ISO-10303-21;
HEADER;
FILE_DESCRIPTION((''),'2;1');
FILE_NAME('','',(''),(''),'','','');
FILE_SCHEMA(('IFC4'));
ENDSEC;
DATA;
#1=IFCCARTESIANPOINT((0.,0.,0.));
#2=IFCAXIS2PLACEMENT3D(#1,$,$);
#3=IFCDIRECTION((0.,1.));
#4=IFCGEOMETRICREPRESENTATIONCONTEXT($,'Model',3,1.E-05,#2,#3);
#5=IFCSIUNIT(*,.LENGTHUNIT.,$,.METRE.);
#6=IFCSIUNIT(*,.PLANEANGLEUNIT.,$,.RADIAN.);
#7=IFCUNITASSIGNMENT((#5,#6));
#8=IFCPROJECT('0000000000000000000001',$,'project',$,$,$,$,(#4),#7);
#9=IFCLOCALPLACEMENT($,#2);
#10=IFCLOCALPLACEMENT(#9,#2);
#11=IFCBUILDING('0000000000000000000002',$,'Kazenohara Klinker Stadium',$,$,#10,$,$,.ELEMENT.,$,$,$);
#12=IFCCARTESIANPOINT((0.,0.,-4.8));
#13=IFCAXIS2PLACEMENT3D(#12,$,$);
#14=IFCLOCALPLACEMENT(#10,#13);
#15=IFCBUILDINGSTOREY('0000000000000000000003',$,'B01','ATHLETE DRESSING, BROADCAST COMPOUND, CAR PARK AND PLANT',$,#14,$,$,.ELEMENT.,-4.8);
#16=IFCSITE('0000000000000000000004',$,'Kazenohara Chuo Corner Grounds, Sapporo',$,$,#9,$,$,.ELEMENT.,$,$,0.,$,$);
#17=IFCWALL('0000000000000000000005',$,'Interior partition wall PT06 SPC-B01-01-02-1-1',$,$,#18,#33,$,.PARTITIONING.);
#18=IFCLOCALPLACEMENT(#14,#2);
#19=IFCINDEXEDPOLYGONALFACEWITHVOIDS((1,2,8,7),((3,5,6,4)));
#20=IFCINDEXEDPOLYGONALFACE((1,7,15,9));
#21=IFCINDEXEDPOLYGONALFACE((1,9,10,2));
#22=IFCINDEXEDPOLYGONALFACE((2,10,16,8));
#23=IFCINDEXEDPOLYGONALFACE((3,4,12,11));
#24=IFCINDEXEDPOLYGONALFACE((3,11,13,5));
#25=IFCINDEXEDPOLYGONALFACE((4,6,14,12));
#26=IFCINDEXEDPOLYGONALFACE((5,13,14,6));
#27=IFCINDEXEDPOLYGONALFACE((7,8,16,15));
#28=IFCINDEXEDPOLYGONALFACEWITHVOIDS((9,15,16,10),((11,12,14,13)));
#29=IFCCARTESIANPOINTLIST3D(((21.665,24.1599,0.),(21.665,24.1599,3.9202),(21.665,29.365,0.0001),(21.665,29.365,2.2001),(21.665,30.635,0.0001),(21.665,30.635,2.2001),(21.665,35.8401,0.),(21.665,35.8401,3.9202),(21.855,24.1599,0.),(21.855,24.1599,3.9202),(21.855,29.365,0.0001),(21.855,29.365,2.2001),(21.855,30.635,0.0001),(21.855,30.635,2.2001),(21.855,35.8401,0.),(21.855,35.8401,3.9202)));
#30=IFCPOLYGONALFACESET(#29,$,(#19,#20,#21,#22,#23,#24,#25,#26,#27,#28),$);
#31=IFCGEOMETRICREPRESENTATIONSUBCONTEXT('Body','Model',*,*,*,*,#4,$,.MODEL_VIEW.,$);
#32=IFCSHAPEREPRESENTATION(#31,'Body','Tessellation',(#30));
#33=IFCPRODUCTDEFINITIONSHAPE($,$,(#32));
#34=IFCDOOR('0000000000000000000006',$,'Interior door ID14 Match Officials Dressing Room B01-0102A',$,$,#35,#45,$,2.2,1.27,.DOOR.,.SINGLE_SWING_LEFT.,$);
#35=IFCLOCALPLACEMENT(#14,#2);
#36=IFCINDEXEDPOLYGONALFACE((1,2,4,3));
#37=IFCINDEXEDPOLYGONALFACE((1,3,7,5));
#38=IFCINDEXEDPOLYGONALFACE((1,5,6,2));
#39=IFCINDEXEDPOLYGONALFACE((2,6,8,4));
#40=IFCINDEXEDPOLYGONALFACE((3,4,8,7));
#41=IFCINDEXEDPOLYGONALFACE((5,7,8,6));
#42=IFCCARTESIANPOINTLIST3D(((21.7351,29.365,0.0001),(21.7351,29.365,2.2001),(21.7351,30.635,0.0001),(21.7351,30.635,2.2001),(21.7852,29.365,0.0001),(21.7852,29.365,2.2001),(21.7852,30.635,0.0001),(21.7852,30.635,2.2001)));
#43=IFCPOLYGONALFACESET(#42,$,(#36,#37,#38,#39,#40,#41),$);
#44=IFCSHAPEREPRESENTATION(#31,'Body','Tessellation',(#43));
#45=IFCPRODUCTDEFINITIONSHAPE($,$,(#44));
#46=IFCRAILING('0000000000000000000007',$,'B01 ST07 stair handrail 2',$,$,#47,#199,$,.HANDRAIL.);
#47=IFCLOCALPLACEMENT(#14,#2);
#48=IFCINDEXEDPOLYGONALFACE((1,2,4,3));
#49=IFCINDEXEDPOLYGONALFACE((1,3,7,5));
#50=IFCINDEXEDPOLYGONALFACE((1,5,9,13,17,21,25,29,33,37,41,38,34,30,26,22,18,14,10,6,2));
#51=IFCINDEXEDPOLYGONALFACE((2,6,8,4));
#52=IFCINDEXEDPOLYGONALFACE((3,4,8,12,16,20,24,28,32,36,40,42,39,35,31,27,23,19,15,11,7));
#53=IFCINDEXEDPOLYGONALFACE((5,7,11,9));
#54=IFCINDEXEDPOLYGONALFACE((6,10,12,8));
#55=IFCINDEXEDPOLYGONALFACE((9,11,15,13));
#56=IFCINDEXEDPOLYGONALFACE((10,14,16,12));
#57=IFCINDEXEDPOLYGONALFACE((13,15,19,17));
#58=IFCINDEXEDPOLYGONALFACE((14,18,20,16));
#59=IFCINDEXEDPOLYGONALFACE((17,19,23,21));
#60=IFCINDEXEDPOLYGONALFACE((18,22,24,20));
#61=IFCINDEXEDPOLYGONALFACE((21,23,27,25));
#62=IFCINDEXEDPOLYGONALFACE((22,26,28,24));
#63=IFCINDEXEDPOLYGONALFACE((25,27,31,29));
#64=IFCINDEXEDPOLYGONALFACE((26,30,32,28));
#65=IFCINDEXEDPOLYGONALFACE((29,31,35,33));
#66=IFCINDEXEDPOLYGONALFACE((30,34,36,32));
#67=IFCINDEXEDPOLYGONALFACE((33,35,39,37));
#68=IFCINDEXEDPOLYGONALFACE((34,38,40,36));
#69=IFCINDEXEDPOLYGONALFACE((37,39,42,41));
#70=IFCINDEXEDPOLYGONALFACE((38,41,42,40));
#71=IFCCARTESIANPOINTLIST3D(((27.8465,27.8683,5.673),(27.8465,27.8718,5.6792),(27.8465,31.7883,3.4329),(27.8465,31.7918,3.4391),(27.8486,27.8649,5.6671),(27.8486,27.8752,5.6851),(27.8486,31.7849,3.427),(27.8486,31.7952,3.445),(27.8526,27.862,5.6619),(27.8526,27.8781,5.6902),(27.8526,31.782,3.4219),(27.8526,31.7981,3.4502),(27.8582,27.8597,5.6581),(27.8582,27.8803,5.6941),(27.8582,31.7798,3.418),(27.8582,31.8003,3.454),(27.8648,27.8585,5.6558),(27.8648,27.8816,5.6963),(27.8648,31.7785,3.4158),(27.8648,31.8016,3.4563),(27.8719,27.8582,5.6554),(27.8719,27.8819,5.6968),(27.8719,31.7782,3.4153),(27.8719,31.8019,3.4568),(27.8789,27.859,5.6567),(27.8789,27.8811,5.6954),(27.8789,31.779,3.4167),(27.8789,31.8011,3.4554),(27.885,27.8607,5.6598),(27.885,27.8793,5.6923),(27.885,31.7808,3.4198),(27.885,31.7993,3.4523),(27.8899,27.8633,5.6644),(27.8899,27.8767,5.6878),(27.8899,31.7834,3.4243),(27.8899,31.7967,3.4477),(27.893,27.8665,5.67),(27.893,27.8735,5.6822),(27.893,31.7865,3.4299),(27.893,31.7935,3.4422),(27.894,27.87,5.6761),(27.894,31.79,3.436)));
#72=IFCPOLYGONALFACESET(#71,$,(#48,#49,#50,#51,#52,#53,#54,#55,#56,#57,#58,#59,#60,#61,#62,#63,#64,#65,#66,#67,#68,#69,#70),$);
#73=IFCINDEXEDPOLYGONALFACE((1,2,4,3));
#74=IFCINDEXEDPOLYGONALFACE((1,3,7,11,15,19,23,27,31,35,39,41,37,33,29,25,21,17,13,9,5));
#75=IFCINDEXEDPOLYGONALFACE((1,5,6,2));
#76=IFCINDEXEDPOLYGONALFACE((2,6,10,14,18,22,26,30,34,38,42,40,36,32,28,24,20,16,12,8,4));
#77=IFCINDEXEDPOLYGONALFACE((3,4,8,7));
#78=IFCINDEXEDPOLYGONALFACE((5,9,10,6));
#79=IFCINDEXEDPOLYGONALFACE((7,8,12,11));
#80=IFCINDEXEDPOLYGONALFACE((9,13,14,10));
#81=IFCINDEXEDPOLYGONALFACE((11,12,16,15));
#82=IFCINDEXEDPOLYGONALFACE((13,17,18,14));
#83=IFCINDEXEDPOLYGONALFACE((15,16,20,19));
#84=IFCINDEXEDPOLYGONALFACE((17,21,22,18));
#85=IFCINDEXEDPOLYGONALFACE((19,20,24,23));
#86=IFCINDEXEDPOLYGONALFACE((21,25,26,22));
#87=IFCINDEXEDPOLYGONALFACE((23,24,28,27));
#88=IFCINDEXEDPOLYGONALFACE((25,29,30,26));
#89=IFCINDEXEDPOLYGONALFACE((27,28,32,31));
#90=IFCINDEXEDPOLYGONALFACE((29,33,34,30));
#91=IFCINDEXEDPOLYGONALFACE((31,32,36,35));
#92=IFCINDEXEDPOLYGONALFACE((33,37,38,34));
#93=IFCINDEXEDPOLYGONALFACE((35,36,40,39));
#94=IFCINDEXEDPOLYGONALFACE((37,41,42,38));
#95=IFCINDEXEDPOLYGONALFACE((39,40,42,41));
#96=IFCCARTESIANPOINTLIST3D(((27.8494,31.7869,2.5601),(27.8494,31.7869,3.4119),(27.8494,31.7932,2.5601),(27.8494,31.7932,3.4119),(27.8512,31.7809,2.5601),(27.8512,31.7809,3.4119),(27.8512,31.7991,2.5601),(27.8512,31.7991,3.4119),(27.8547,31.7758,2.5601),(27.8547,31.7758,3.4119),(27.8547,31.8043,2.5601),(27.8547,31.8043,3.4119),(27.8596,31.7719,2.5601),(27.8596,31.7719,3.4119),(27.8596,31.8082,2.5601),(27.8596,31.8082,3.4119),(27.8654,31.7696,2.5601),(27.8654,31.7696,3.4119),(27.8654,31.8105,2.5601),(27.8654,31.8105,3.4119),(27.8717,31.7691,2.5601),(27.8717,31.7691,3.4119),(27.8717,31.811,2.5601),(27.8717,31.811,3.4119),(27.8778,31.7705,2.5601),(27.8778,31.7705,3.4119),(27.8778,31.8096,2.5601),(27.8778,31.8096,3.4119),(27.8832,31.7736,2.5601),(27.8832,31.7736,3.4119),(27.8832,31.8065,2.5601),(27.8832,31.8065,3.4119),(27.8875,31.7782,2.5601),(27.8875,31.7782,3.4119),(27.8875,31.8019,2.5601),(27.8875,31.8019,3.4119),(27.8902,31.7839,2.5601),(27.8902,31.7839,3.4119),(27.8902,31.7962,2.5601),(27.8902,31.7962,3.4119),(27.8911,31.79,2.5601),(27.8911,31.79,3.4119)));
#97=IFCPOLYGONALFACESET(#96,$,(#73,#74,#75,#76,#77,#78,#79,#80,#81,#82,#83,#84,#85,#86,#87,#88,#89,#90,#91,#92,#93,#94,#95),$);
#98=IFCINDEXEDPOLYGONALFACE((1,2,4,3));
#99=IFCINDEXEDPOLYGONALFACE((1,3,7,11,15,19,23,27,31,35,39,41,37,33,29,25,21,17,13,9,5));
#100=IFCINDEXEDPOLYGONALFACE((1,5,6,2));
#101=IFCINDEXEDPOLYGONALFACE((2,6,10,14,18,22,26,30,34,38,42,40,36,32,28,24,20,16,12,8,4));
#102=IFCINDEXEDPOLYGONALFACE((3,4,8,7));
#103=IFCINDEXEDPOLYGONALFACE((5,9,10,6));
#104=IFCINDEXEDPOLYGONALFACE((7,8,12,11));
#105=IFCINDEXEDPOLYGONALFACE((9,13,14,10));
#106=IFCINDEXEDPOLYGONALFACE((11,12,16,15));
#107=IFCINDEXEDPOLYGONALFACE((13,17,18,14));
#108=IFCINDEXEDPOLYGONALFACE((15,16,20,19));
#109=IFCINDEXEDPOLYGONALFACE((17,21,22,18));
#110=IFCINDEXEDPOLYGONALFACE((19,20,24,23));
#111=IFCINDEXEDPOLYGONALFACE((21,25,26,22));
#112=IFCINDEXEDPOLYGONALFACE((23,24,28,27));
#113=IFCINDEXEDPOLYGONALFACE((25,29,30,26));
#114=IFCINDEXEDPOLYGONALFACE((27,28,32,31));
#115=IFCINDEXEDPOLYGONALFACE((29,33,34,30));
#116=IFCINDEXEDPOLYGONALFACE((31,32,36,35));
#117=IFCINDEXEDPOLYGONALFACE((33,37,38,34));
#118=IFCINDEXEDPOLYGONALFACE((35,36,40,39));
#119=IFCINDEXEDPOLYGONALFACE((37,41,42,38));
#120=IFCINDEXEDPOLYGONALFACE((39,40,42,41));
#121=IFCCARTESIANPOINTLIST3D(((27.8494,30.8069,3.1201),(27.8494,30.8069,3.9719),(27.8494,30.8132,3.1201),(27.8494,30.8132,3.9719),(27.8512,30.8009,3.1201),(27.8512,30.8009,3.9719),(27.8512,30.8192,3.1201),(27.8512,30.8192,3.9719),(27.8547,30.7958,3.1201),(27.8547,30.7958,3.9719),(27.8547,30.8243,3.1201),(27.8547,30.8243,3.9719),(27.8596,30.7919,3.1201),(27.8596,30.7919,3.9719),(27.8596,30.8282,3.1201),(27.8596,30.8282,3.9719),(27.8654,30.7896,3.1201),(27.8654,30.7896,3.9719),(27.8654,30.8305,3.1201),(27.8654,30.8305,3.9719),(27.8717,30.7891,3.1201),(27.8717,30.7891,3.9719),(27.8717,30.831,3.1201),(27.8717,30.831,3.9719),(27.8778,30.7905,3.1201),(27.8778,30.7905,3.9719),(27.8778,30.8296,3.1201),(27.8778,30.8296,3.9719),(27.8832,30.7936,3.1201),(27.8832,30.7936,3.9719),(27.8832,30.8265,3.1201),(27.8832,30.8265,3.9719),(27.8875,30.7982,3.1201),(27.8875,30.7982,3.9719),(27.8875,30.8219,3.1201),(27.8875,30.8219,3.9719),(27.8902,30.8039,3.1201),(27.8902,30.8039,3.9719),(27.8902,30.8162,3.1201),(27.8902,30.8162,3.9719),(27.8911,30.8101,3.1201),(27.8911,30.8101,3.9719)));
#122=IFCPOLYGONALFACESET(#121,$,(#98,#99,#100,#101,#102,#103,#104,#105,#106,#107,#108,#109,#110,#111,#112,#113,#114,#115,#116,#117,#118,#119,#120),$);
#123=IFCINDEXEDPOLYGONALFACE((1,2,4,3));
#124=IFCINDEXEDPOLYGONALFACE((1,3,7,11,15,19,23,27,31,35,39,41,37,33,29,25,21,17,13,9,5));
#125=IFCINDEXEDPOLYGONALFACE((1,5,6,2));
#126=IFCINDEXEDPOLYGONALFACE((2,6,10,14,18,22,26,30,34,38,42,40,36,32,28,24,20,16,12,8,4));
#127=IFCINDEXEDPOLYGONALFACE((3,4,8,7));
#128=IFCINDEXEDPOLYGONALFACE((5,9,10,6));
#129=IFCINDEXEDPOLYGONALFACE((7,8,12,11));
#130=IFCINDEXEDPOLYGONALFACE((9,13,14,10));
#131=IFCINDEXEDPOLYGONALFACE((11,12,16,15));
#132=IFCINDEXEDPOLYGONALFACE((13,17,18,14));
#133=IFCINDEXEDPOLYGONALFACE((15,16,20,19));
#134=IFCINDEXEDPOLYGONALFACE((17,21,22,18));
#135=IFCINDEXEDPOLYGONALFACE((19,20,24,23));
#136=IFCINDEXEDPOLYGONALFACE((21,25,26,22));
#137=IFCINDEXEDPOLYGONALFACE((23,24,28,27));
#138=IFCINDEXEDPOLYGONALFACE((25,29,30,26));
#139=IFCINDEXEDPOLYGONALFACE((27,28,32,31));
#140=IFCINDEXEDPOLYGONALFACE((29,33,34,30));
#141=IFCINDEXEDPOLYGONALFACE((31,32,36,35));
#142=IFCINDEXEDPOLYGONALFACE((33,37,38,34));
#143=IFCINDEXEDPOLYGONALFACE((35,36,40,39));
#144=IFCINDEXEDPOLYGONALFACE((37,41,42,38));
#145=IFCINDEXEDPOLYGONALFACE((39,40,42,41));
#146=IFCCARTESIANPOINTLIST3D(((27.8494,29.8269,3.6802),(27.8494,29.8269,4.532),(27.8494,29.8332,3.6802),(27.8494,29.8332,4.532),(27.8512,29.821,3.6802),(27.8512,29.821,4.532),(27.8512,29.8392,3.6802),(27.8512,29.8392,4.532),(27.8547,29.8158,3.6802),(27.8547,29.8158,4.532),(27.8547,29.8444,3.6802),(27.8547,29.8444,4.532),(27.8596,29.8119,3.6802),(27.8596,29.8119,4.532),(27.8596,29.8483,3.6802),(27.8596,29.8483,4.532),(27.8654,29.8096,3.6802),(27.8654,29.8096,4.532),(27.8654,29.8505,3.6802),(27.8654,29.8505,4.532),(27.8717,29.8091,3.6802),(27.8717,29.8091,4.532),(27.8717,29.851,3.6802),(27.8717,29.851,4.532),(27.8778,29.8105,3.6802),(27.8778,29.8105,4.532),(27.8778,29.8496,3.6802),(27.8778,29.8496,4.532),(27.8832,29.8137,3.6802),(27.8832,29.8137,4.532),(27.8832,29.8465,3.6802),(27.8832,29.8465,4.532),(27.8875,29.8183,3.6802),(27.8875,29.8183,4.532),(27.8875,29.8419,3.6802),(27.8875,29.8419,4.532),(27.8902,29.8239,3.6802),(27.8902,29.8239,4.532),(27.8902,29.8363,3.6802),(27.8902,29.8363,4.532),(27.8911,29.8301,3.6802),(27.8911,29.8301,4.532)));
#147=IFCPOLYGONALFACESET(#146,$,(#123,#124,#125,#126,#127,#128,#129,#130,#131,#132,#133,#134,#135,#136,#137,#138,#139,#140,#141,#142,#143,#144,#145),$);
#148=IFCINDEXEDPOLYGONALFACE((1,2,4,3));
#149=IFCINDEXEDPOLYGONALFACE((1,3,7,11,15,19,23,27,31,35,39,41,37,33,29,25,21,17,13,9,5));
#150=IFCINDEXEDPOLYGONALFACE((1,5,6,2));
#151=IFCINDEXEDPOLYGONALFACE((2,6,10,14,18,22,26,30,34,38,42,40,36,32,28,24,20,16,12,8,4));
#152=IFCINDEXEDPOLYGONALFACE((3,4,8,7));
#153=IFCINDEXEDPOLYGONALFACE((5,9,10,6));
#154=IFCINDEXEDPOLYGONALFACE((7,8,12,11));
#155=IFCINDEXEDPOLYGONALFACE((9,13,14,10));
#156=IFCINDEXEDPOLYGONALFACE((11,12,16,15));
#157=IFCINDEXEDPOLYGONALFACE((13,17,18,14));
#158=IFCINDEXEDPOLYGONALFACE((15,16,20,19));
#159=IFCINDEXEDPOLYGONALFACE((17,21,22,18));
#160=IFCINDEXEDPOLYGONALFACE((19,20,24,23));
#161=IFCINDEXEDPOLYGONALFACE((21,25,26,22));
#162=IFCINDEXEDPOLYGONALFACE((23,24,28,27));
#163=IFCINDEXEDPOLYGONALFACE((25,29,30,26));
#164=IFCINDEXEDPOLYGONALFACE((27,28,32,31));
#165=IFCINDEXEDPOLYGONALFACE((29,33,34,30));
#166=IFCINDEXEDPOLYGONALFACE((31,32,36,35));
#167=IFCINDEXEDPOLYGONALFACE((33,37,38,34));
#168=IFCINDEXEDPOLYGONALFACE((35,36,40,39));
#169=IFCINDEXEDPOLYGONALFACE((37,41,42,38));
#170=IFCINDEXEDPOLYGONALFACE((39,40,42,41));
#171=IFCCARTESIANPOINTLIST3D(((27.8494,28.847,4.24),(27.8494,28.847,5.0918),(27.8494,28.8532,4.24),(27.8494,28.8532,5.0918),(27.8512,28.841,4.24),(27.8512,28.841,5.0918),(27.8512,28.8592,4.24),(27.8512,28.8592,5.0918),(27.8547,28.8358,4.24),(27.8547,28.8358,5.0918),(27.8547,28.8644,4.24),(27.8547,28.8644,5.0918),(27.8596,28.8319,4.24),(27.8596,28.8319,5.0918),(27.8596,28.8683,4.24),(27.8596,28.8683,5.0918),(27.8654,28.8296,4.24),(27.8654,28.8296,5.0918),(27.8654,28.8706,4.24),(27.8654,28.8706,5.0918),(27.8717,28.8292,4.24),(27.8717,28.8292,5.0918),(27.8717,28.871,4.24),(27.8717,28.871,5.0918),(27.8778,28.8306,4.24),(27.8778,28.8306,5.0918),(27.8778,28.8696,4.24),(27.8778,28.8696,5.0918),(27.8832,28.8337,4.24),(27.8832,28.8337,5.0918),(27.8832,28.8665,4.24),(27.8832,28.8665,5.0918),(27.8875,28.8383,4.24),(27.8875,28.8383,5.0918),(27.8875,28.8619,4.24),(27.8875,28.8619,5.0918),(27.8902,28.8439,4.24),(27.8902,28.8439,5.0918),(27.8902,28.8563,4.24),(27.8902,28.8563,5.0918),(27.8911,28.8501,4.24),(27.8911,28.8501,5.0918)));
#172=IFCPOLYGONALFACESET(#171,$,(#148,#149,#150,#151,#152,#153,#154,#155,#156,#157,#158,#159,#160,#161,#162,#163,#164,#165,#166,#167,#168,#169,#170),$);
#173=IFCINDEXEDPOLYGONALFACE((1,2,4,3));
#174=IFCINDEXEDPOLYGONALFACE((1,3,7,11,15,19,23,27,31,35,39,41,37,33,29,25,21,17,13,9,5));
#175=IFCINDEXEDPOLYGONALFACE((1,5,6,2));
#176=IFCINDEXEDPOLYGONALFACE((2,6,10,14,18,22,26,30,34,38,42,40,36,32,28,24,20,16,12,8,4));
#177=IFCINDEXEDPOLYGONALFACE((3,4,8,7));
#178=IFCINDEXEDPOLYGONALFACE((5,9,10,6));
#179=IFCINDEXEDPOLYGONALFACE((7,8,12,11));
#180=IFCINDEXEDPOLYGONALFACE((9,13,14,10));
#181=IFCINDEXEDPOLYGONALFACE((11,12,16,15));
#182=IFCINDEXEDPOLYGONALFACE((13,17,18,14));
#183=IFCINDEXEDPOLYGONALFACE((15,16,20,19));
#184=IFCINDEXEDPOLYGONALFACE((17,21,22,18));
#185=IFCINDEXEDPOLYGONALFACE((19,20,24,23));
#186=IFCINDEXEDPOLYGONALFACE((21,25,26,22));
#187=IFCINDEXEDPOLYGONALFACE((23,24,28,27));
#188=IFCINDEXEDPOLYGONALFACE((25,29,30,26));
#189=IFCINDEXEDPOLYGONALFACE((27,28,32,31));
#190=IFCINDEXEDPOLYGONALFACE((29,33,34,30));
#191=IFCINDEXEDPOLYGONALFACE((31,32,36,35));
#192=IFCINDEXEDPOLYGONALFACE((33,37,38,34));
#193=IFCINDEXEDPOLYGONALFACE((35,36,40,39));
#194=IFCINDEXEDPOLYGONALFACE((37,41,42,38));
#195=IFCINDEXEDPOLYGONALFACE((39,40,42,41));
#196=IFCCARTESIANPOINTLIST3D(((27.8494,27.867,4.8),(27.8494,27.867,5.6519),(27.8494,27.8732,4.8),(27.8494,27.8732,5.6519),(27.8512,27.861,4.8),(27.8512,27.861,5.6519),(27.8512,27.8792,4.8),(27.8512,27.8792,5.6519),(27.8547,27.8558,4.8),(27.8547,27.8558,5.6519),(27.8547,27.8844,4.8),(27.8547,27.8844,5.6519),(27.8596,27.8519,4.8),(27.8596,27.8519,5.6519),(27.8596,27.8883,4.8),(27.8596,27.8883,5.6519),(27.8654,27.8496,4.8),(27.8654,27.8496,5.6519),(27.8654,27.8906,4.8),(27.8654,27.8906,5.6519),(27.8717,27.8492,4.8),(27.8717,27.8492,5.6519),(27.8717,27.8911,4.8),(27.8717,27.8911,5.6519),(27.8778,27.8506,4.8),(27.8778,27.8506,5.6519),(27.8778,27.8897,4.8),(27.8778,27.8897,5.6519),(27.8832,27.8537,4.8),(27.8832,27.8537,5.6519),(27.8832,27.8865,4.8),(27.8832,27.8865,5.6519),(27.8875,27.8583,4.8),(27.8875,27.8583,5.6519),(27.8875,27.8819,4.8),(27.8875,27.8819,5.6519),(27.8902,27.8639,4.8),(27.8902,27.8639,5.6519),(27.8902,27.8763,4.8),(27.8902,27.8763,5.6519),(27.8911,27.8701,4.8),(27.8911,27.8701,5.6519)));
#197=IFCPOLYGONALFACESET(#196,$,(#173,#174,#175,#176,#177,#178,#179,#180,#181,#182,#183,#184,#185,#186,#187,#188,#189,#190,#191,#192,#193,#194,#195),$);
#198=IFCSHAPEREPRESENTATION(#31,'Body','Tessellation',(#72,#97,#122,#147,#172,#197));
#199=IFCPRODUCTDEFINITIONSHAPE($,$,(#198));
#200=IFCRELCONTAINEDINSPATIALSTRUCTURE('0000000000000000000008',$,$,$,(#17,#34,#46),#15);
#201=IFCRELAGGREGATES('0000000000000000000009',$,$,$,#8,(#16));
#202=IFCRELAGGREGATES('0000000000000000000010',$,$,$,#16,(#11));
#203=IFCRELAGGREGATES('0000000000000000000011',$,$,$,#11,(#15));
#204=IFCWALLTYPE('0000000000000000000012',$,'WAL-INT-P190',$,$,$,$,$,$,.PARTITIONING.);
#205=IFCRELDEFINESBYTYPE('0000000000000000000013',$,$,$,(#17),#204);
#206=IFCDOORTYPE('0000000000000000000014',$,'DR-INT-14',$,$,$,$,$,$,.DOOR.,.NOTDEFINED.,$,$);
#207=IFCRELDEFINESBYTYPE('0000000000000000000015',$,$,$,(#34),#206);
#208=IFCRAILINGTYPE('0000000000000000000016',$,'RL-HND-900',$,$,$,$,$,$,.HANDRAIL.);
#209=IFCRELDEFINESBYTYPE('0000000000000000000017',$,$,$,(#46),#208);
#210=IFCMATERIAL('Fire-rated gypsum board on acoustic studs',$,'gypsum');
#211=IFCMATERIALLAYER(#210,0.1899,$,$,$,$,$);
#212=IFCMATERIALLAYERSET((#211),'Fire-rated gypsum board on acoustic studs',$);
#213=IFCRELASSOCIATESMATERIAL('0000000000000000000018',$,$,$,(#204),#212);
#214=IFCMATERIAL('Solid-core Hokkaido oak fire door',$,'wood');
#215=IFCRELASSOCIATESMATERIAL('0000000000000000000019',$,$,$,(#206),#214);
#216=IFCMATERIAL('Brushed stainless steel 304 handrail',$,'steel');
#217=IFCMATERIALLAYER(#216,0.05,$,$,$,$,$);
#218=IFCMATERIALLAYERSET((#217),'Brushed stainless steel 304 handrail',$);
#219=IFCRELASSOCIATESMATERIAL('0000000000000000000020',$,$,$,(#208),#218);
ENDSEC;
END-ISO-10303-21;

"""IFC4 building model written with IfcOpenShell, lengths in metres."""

from ifc_helpers import new_model, si_unit, direction, frame, frame_2d, origin, origin_2d, place, context, subcontext, project, spatial, rectangle, circle, extrude, material, layer, layer_set, type_object, element, fill, save


model = new_model("IFC4")

# Units and contexts
model_context = context("Model", 3, precision=1e-05, world=origin(), true_north=direction((0.0, 1.0)))
body_context = subcontext(model_context, "Body", "Model", "MODEL_VIEW")
ifc_project = project(units=[si_unit("LENGTHUNIT", "METRE"), si_unit("PLANEANGLEUNIT", "RADIAN")], contexts=[model_context])

# Site, building, storey
site_placement = place(None, origin())
site = spatial("IfcSite", under=ifc_project, at=site_placement, Name="Kazenohara Chuo Corner Grounds, Sapporo", CompositionType="ELEMENT", RefElevation=0.0)
building_placement = place(site_placement, origin())
building = spatial("IfcBuilding", under=site, at=building_placement, Name="Kazenohara Klinker Stadium", CompositionType="ELEMENT")
storey_placement = place(building_placement, frame((0.0, 0.0, -4.8)))
storey = spatial("IfcBuildingStorey", under=building, at=storey_placement, Name="B01", Description="ATHLETE DRESSING, BROADCAST COMPOUND, CAR PARK AND PLANT", CompositionType="ELEMENT", Elevation=-4.8)

# Wall, opening, door
ifc_material_1 = material(Name="Fire-rated gypsum board on acoustic studs", Category="gypsum")
ifc_layer_1 = layer(ifc_material_1, 0.1899)
ifc_layer_set_1 = layer_set([ifc_layer_1], Name="Fire-rated gypsum board on acoustic studs")
wall_type_1 = type_object("IfcWallType", Name="WAL-INT-P190", PredefinedType="PARTITIONING", material=ifc_layer_set_1)
wall_1_placement = place(storey_placement, frame((21.76, 24.1599, 0.0), z_axis=(0.0, 0.0, 1.0), x_axis=(0.0, 1.0, 0.0)))
wall_1 = element("IfcWall", 1, at=wall_1_placement, inside=storey, type_object=wall_type_1, Name="Interior partition wall PT06 SPC-B01-01-02-1-1", PredefinedType="PARTITIONING", context=body_context, shape_type="SweptSolid", body=[
    extrude(rectangle(XDim=11.6802, YDim=0.1899, at=frame_2d((5.8401, 0.0))), origin(), (0.0, 0.0, 1.0), 3.9202),
])
opening_1_placement = place(wall_1_placement, frame((5.2051, 0.0, 0.0)))
opening_1 = element("IfcOpeningElement", 2, at=opening_1_placement, cuts=wall_1, PredefinedType="OPENING", context=body_context, shape_type="SweptSolid", body=[
    extrude(rectangle(XDim=1.27, YDim=2.2, at=frame_2d((0.635, 1.1001))), frame((0.0, 0.105, 0.0), z_axis=(0.0, -1.0, 0.0), x_axis=(1.0, 0.0, 0.0)), (0.0, 0.0, 1.0), 0.21),
])
ifc_material_2 = material(Name="Solid-core Hokkaido oak fire door", Category="wood")
door_type_1 = type_object("IfcDoorType", Name="DR-INT-14", OperationType="NOTDEFINED", PredefinedType="DOOR", material=ifc_material_2)
door_1_placement = place(opening_1_placement, origin())
door_1 = element("IfcDoor", 3, at=door_1_placement, inside=storey, type_object=door_type_1, Name="Interior door ID14 Match Officials Dressing Room B01-0102A", OperationType="SINGLE_SWING_LEFT", OverallHeight=2.2, OverallWidth=1.27, PredefinedType="DOOR", context=body_context, shape_type="SweptSolid", body=[
    extrude(rectangle(XDim=1.27, YDim=2.2, at=frame_2d((0.635, 1.1001))), frame((0.0, 0.0249, 0.0), z_axis=(0.0, -1.0, 0.0), x_axis=(1.0, 0.0, 0.0)), (0.0, 0.0, 1.0), 0.05),
])
fill(opening_1, door_1)

# Railing
ifc_material_3 = material(Name="Brushed stainless steel 304 handrail", Category="steel")
ifc_layer_2 = layer(ifc_material_3, 0.05)
ifc_layer_set_2 = layer_set([ifc_layer_2], Name="Brushed stainless steel 304 handrail")
railing_type = type_object("IfcRailingType", Name="RL-HND-900", PredefinedType="HANDRAIL", material=ifc_layer_set_2)
railing_placement = place(storey_placement, frame((27.8701, 31.79, 2.5601)))
element("IfcRailing", 4, at=railing_placement, inside=storey, type_object=railing_type, Name="B01 ST07 stair handrail 2", PredefinedType="HANDRAIL", context=body_context, shape_type="SweptSolid", body=[
    extrude(circle(Radius=0.0239, at=origin_2d()), frame((0.0, 0.0, 0.876), z_axis=(0.0, -0.86824, 0.496145), x_axis=(1.0, 0.0, 0.0)), (0.0, 0.0, 1.0), 4.5149),
    extrude(circle(Radius=0.021, at=origin_2d()), origin(), (0.0, 0.0, 1.0), 0.8518),
    extrude(circle(Radius=0.021, at=origin_2d()), frame((0.0, -0.98, 0.5601)), (0.0, 0.0, 1.0), 0.8518),
    extrude(circle(Radius=0.021, at=origin_2d()), frame((0.0, -1.96, 1.1201)), (0.0, 0.0, 1.0), 0.8518),
    extrude(circle(Radius=0.021, at=origin_2d()), frame((0.0, -2.9399, 1.6799)), (0.0, 0.0, 1.0), 0.8518),
    extrude(circle(Radius=0.021, at=origin_2d()), frame((0.0, -3.9199, 2.24)), (0.0, 0.0, 1.0), 0.8518),
])

save(model, "model.ifc")
